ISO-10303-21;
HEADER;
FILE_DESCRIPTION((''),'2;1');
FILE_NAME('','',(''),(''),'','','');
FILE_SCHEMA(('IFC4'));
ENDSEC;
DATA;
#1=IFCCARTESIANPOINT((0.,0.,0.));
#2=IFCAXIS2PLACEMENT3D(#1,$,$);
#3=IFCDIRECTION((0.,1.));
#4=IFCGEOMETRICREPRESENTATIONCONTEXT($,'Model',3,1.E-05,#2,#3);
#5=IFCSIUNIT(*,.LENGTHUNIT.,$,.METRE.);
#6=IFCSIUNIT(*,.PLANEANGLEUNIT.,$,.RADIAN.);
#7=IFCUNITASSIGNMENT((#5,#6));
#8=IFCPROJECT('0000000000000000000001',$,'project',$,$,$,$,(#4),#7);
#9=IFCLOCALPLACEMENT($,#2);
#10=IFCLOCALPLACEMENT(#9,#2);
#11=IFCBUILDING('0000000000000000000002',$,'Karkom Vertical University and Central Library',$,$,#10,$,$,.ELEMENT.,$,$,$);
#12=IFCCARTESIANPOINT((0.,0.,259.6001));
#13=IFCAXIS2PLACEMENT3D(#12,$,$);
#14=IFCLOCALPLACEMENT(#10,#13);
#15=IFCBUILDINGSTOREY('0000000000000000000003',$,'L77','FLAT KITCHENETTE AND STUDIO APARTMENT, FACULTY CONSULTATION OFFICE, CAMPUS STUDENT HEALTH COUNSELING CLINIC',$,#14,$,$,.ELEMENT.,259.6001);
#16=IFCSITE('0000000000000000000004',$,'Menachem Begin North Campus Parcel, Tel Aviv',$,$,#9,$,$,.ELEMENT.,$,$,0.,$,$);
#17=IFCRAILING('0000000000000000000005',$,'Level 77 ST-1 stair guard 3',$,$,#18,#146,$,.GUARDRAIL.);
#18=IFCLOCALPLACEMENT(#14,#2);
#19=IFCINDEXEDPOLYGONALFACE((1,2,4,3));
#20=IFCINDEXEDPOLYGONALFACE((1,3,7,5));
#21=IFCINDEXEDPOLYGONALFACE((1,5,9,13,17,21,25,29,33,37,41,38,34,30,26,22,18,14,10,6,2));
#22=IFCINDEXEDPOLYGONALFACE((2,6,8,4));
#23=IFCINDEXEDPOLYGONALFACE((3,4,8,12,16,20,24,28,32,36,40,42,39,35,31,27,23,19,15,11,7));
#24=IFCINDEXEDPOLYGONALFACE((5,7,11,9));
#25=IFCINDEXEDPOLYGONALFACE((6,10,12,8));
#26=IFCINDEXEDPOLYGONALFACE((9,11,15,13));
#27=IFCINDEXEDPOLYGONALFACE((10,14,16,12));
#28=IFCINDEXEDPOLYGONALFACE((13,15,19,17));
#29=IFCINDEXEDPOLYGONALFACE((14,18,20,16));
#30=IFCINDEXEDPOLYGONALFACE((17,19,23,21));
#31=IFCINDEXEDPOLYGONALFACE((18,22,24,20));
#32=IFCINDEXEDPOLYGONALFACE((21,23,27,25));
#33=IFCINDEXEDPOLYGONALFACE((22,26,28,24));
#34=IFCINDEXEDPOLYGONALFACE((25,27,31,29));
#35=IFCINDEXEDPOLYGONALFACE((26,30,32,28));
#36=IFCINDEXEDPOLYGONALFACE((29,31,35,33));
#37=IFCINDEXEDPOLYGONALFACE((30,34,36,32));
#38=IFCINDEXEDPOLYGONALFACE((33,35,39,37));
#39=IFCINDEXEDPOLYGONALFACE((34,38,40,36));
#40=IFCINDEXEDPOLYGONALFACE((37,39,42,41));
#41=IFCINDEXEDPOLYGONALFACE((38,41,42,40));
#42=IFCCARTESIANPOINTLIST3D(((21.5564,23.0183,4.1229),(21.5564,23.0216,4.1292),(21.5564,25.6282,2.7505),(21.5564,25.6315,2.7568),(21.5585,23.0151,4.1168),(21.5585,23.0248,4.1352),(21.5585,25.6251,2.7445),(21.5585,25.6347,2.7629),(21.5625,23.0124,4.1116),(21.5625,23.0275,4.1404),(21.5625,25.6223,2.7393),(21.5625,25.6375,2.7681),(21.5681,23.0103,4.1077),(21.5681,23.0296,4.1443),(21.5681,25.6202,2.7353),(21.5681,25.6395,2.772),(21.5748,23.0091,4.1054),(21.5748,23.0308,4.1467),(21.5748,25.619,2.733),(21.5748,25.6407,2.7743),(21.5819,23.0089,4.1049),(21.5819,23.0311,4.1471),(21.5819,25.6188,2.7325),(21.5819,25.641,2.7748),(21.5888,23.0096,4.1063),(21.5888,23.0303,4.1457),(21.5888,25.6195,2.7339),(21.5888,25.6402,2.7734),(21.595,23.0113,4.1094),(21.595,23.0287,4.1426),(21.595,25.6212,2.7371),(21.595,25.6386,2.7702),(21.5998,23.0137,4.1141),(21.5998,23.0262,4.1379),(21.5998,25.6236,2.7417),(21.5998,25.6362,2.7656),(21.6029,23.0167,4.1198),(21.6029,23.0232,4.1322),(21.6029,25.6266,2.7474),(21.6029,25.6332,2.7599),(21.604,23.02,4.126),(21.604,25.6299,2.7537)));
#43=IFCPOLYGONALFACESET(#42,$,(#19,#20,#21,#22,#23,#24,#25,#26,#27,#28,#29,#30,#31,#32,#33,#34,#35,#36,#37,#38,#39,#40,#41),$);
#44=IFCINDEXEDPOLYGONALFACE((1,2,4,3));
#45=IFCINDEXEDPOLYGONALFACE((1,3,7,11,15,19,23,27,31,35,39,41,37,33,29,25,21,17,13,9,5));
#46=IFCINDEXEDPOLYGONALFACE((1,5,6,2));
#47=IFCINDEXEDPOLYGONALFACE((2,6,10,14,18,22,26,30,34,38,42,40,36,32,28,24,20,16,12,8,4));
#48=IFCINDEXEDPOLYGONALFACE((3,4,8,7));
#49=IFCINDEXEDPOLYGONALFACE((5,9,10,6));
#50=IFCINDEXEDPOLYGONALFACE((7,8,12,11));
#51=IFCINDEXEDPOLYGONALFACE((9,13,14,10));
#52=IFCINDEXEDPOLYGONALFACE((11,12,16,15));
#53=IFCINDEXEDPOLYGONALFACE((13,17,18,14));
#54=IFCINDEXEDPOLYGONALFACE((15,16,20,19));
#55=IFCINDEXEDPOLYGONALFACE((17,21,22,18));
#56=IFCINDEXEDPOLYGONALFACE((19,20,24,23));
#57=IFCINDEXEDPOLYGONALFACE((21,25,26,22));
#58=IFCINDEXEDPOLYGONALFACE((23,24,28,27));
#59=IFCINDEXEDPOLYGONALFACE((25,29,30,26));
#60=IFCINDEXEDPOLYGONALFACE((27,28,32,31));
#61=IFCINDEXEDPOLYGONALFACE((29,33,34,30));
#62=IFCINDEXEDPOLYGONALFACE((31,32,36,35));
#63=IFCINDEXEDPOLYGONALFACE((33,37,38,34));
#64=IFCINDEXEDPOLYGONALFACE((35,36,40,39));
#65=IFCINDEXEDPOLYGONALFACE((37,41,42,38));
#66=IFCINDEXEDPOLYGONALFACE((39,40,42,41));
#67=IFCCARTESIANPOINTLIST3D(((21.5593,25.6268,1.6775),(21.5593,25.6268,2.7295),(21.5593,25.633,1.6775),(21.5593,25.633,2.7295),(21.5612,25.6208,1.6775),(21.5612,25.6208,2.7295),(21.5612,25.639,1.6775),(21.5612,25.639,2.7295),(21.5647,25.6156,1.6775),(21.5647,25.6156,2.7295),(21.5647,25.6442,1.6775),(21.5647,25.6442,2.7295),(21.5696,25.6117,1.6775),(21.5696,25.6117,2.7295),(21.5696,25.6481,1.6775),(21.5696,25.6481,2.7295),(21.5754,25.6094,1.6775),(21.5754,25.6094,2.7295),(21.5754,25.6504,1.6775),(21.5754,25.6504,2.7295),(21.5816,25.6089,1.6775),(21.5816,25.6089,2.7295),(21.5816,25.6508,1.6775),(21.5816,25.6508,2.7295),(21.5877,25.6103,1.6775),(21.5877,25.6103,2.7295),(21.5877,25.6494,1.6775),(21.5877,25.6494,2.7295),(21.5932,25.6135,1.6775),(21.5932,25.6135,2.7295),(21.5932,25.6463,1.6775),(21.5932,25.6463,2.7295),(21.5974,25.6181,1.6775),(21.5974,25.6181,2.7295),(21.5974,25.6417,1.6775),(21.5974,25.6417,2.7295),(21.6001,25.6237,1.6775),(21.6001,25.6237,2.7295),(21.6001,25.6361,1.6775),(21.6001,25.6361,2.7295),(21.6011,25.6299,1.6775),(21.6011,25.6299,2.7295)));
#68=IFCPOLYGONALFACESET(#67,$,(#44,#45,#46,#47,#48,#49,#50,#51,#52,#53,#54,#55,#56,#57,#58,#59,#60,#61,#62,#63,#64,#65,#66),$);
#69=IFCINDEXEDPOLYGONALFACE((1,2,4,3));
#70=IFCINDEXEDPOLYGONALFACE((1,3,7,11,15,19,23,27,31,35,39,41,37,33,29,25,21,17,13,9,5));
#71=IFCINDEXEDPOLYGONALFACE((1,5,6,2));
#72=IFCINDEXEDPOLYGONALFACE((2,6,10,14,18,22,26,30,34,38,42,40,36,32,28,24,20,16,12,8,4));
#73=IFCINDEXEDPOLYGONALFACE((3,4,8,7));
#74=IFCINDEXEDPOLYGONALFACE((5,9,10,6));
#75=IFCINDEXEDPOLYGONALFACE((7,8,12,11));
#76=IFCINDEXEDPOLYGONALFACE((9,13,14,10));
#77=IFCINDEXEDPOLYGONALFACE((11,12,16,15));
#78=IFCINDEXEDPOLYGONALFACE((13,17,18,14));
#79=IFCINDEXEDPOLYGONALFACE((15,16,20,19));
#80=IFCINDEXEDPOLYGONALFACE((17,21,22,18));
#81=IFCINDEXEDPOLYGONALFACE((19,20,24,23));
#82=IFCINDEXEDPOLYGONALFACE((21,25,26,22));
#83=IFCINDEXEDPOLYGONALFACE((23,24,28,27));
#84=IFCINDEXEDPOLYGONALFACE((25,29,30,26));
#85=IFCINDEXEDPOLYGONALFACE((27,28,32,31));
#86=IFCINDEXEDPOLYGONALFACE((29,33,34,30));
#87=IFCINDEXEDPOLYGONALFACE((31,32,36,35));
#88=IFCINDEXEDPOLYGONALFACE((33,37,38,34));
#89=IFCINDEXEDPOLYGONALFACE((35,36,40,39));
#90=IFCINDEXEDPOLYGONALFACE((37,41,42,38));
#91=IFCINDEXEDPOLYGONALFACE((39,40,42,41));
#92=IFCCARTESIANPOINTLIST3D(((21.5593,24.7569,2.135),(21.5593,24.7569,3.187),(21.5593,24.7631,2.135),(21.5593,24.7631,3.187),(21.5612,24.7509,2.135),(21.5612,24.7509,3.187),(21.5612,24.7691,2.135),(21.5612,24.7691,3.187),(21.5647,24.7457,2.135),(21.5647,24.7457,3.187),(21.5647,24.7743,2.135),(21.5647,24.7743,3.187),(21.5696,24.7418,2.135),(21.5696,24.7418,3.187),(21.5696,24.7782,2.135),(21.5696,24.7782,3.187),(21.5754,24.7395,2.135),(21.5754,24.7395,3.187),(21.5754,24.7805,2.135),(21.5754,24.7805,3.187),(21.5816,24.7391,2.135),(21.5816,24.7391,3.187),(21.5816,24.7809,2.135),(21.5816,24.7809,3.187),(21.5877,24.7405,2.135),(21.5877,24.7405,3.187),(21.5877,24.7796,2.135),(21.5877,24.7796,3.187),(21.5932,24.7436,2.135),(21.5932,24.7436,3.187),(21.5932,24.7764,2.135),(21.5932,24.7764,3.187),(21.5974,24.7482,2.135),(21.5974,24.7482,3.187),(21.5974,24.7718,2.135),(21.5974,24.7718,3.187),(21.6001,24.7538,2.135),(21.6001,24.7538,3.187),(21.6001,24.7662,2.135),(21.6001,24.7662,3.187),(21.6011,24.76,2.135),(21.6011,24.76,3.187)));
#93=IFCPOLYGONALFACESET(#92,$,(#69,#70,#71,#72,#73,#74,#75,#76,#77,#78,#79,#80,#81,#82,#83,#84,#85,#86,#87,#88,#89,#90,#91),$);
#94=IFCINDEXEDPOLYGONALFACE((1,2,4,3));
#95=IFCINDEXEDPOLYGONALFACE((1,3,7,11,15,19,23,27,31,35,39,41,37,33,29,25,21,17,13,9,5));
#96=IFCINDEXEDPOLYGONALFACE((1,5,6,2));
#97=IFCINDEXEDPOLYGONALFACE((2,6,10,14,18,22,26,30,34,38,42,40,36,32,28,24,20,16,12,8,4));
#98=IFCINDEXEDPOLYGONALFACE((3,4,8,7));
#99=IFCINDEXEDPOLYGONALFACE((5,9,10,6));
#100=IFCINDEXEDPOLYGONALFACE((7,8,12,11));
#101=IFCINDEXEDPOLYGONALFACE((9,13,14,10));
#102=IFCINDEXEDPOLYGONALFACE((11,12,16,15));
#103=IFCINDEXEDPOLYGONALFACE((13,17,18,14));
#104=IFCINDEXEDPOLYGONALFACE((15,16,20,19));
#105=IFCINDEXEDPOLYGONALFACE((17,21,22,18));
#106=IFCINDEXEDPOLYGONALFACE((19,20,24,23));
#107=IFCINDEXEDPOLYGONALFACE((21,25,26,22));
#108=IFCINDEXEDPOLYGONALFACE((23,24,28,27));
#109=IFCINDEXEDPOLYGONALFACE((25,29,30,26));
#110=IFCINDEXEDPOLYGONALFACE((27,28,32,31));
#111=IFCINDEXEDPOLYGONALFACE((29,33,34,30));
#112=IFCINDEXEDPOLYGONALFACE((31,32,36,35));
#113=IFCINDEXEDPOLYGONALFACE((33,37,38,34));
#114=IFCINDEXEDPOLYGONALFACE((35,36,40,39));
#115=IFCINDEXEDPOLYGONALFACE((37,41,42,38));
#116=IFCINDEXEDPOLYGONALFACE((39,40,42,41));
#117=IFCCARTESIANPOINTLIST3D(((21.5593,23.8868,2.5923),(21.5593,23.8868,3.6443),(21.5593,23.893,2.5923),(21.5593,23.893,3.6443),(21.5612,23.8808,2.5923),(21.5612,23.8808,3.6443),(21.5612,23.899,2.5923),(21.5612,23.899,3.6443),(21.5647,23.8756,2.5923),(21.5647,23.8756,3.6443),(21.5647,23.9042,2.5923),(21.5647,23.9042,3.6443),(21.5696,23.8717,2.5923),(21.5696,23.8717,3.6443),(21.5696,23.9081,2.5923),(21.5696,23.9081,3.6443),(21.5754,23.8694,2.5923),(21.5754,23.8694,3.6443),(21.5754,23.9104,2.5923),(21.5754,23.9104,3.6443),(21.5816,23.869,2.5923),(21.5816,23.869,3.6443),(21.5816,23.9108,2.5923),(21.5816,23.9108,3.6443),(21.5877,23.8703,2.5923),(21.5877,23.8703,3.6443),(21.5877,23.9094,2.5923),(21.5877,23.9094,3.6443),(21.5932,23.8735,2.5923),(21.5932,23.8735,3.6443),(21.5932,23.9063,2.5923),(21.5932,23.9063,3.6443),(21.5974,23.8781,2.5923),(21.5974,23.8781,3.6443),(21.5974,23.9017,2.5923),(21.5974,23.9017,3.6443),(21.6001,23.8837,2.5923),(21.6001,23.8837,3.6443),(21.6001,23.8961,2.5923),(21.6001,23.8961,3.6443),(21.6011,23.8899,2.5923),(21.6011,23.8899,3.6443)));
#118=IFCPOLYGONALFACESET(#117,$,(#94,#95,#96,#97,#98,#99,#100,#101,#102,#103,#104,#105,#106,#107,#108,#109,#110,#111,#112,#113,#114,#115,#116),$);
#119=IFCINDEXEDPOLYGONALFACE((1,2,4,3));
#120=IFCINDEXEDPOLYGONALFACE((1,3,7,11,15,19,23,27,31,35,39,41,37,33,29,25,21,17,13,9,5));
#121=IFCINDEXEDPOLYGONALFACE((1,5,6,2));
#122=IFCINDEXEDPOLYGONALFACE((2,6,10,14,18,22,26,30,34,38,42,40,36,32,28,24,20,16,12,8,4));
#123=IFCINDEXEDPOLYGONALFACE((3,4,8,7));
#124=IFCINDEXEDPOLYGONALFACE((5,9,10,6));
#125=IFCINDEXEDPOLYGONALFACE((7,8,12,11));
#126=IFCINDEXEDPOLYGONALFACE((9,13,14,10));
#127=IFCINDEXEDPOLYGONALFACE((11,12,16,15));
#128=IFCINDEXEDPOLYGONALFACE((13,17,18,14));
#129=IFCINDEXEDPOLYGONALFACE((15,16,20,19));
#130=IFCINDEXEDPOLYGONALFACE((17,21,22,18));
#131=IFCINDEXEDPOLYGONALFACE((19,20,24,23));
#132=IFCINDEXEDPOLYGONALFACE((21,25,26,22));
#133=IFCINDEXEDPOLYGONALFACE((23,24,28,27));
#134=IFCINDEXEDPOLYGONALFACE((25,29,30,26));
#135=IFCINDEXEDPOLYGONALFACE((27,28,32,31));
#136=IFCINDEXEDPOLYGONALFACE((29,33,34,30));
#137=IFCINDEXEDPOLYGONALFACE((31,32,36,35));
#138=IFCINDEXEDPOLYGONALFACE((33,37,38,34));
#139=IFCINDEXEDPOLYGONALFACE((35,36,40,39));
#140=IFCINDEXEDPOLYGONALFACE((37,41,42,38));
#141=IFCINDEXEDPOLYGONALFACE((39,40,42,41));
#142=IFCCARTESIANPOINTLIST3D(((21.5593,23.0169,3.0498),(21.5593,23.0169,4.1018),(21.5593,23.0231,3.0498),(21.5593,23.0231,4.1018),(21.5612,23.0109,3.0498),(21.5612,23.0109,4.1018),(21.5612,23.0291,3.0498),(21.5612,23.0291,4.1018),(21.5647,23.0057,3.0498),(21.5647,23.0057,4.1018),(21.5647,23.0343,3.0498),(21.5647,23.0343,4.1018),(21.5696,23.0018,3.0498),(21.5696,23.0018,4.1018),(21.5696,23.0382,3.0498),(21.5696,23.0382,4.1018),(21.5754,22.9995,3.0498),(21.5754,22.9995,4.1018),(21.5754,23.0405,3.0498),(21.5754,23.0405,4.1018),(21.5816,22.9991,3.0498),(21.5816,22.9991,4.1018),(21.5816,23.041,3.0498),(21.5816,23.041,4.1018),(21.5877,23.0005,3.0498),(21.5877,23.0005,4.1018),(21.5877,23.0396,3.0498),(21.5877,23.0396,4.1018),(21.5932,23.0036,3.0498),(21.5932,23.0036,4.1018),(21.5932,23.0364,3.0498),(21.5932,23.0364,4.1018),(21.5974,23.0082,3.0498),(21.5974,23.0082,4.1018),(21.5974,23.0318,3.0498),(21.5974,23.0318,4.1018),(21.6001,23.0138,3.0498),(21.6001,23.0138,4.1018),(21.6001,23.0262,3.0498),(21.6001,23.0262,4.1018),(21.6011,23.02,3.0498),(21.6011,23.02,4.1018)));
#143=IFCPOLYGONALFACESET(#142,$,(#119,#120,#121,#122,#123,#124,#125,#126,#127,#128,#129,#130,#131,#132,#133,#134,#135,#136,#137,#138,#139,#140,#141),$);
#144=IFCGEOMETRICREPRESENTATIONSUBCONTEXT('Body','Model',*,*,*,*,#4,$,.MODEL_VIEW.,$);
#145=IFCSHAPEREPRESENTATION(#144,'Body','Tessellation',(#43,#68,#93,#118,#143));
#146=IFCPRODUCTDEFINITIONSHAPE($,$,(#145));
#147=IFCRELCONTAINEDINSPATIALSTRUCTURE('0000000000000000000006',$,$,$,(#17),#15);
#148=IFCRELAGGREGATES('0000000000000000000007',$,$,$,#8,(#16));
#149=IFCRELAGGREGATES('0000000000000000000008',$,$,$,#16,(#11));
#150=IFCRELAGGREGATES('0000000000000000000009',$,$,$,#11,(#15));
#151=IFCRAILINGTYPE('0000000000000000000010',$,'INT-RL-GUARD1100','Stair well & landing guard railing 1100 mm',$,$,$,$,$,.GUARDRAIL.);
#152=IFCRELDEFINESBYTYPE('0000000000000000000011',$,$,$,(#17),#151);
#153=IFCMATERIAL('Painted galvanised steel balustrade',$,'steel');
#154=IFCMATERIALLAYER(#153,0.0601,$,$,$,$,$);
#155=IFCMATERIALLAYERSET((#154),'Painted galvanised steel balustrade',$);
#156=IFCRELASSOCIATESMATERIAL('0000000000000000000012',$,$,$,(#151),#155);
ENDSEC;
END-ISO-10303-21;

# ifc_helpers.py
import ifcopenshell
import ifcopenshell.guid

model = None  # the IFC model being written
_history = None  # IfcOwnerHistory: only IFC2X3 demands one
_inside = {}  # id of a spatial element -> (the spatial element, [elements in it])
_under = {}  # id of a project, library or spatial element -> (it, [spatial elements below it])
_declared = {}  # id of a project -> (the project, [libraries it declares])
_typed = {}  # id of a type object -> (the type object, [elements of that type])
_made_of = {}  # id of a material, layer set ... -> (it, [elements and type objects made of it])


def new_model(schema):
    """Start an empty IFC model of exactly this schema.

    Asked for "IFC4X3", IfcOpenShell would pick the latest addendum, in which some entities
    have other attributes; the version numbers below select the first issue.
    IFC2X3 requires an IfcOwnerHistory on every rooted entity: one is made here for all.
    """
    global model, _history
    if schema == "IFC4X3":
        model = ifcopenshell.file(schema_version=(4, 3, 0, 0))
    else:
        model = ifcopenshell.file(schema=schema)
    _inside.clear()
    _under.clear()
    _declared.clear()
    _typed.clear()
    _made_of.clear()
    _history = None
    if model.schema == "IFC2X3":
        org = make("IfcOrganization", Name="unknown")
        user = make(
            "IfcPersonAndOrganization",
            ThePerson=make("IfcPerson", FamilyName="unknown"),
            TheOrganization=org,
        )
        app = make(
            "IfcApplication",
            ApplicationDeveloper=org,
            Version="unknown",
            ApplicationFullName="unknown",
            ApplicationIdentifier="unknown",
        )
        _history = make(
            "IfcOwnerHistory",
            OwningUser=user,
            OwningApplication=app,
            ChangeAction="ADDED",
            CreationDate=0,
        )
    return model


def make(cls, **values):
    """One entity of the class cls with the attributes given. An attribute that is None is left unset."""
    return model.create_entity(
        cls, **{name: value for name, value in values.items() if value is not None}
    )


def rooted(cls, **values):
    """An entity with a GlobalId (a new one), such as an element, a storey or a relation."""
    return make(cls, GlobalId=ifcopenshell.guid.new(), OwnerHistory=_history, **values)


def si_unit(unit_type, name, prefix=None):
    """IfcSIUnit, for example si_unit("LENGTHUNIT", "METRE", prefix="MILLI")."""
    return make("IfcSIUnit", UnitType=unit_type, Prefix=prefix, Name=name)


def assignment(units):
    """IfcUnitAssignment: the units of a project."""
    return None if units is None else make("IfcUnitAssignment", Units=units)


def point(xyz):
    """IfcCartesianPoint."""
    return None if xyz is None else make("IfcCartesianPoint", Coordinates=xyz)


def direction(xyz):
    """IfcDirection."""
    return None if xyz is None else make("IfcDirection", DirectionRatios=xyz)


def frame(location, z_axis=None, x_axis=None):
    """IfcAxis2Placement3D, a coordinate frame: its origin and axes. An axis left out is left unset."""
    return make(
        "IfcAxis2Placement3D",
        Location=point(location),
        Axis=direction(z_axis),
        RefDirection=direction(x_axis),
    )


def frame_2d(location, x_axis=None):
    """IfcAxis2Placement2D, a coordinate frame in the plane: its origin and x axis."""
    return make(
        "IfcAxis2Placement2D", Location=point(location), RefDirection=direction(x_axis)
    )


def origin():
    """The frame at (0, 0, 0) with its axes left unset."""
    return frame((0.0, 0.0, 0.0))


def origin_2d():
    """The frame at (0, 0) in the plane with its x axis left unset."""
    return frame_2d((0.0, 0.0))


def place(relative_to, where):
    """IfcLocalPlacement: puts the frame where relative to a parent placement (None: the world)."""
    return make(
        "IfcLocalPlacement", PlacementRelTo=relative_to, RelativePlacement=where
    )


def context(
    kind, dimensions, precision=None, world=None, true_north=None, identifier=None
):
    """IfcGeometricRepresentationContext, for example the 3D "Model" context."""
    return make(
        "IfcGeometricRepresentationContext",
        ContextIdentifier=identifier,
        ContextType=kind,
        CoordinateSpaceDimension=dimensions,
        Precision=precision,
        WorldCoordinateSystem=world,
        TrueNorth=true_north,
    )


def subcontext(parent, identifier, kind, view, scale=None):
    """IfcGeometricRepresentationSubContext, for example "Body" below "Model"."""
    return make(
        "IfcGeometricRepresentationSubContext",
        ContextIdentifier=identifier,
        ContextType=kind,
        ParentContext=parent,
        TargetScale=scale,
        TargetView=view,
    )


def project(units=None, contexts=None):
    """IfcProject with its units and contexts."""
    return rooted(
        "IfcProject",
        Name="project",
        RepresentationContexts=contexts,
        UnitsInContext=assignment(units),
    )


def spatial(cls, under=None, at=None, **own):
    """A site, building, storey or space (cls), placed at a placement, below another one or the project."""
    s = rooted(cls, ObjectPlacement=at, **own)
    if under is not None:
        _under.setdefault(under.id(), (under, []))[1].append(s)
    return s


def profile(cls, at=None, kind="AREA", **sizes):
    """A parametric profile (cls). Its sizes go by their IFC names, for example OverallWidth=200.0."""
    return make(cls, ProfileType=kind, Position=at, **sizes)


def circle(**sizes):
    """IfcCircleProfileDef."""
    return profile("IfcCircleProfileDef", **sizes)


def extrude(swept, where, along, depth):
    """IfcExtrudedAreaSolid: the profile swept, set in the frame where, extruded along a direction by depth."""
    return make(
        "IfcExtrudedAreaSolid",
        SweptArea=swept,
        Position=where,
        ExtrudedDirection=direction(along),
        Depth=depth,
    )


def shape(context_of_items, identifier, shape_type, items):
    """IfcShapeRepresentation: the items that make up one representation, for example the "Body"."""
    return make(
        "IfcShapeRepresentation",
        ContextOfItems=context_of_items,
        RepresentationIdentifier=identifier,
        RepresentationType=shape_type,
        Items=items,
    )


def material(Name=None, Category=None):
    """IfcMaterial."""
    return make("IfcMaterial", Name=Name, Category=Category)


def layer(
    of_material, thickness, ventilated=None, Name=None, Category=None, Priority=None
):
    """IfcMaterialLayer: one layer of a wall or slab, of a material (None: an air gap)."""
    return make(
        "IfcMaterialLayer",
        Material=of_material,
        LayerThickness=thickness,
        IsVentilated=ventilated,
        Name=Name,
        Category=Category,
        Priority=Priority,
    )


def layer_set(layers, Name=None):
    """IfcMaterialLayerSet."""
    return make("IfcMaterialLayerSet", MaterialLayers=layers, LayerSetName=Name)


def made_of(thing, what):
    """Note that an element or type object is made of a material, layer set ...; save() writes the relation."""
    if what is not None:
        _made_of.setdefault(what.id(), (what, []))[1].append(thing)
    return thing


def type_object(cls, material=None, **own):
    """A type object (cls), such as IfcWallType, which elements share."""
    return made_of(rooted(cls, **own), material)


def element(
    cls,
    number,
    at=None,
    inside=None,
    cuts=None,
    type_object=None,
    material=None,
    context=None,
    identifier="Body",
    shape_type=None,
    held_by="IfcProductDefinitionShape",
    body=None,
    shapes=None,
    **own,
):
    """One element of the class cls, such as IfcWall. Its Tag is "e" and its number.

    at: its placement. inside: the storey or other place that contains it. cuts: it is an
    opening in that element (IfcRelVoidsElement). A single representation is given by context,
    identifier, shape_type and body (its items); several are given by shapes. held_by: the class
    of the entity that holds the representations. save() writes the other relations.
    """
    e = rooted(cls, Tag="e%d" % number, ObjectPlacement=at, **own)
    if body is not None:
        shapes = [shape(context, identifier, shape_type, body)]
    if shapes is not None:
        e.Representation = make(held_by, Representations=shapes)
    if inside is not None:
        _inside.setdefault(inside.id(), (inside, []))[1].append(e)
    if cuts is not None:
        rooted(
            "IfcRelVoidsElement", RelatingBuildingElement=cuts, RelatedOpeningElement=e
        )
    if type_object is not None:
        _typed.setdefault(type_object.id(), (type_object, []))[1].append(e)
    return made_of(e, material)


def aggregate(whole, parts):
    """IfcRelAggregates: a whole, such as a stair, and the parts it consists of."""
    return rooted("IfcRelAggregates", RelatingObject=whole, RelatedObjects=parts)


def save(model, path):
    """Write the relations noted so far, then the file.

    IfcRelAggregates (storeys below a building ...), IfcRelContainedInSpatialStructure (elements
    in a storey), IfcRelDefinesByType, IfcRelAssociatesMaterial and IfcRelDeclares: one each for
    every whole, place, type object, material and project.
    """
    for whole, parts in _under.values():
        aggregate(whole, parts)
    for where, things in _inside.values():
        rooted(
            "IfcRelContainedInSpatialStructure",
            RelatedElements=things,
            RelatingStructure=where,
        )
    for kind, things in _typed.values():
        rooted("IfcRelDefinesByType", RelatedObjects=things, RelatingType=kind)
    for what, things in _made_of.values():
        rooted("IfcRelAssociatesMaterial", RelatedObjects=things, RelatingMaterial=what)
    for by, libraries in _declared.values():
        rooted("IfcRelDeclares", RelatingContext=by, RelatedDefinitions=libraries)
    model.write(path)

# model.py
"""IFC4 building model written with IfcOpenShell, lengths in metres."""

from ifc_helpers import new_model, si_unit, direction, frame, origin, origin_2d, place, context, subcontext, project, spatial, circle, extrude, material, layer, layer_set, type_object, element, save


model = new_model("IFC4")

# Units and contexts
model_context = context("Model", 3, precision=1e-05, world=origin(), true_north=direction((0.0, 1.0)))
body_context = subcontext(model_context, "Body", "Model", "MODEL_VIEW")
ifc_project = project(units=[si_unit("LENGTHUNIT", "METRE"), si_unit("PLANEANGLEUNIT", "RADIAN")], contexts=[model_context])

# Site, building, storey
site_placement = place(None, origin())
site = spatial("IfcSite", under=ifc_project, at=site_placement, Name="Menachem Begin North Campus Parcel, Tel Aviv", CompositionType="ELEMENT", RefElevation=0.0)
building_placement = place(site_placement, origin())
building = spatial("IfcBuilding", under=site, at=building_placement, Name="Karkom Vertical University and Central Library", CompositionType="ELEMENT")
storey_placement = place(building_placement, frame((0.0, 0.0, 259.6001)))
storey = spatial("IfcBuildingStorey", under=building, at=storey_placement, Name="L77", Description="FLAT KITCHENETTE AND STUDIO APARTMENT, FACULTY CONSULTATION OFFICE, CAMPUS STUDENT HEALTH COUNSELING CLINIC", CompositionType="ELEMENT", Elevation=259.6001)

# Railing
ifc_material_1 = material(Name="Painted galvanised steel balustrade", Category="steel")
ifc_layer_1 = layer(ifc_material_1, 0.0601)
ifc_layer_set_1 = layer_set([ifc_layer_1], Name="Painted galvanised steel balustrade")
railing_type = type_object("IfcRailingType", Name="INT-RL-GUARD1100", Description="Stair well & landing guard railing 1100 mm", PredefinedType="GUARDRAIL", material=ifc_layer_set_1)
railing_1_placement = place(storey_placement, frame((21.5801, 25.6299, 1.6775)))
element("IfcRailing", 1, at=railing_1_placement, inside=storey, type_object=railing_type, Name="Level 77 ST-1 stair guard 3", PredefinedType="GUARDRAIL", context=body_context, shape_type="SweptSolid", body=[
    extrude(circle(Radius=0.0239, at=origin_2d()), frame((0.0, 0.0, 1.0762), z_axis=(0.0, -0.8851, 0.465402), x_axis=(1.0, 0.0, 0.0)), (0.0, 0.0, 1.0), 2.9487),
    extrude(circle(Radius=0.021, at=origin_2d()), origin(), (0.0, 0.0, 1.0), 1.052),
    extrude(circle(Radius=0.021, at=origin_2d()), frame((0.0, -0.8699, 0.4575)), (0.0, 0.0, 1.0), 1.052),
    extrude(circle(Radius=0.021, at=origin_2d()), frame((0.0, -1.74, 0.9148)), (0.0, 0.0, 1.0), 1.052),
    extrude(circle(Radius=0.021, at=origin_2d()), frame((0.0, -2.6099, 1.3723)), (0.0, 0.0, 1.0), 1.052),
])

save(model, "model.ifc")
